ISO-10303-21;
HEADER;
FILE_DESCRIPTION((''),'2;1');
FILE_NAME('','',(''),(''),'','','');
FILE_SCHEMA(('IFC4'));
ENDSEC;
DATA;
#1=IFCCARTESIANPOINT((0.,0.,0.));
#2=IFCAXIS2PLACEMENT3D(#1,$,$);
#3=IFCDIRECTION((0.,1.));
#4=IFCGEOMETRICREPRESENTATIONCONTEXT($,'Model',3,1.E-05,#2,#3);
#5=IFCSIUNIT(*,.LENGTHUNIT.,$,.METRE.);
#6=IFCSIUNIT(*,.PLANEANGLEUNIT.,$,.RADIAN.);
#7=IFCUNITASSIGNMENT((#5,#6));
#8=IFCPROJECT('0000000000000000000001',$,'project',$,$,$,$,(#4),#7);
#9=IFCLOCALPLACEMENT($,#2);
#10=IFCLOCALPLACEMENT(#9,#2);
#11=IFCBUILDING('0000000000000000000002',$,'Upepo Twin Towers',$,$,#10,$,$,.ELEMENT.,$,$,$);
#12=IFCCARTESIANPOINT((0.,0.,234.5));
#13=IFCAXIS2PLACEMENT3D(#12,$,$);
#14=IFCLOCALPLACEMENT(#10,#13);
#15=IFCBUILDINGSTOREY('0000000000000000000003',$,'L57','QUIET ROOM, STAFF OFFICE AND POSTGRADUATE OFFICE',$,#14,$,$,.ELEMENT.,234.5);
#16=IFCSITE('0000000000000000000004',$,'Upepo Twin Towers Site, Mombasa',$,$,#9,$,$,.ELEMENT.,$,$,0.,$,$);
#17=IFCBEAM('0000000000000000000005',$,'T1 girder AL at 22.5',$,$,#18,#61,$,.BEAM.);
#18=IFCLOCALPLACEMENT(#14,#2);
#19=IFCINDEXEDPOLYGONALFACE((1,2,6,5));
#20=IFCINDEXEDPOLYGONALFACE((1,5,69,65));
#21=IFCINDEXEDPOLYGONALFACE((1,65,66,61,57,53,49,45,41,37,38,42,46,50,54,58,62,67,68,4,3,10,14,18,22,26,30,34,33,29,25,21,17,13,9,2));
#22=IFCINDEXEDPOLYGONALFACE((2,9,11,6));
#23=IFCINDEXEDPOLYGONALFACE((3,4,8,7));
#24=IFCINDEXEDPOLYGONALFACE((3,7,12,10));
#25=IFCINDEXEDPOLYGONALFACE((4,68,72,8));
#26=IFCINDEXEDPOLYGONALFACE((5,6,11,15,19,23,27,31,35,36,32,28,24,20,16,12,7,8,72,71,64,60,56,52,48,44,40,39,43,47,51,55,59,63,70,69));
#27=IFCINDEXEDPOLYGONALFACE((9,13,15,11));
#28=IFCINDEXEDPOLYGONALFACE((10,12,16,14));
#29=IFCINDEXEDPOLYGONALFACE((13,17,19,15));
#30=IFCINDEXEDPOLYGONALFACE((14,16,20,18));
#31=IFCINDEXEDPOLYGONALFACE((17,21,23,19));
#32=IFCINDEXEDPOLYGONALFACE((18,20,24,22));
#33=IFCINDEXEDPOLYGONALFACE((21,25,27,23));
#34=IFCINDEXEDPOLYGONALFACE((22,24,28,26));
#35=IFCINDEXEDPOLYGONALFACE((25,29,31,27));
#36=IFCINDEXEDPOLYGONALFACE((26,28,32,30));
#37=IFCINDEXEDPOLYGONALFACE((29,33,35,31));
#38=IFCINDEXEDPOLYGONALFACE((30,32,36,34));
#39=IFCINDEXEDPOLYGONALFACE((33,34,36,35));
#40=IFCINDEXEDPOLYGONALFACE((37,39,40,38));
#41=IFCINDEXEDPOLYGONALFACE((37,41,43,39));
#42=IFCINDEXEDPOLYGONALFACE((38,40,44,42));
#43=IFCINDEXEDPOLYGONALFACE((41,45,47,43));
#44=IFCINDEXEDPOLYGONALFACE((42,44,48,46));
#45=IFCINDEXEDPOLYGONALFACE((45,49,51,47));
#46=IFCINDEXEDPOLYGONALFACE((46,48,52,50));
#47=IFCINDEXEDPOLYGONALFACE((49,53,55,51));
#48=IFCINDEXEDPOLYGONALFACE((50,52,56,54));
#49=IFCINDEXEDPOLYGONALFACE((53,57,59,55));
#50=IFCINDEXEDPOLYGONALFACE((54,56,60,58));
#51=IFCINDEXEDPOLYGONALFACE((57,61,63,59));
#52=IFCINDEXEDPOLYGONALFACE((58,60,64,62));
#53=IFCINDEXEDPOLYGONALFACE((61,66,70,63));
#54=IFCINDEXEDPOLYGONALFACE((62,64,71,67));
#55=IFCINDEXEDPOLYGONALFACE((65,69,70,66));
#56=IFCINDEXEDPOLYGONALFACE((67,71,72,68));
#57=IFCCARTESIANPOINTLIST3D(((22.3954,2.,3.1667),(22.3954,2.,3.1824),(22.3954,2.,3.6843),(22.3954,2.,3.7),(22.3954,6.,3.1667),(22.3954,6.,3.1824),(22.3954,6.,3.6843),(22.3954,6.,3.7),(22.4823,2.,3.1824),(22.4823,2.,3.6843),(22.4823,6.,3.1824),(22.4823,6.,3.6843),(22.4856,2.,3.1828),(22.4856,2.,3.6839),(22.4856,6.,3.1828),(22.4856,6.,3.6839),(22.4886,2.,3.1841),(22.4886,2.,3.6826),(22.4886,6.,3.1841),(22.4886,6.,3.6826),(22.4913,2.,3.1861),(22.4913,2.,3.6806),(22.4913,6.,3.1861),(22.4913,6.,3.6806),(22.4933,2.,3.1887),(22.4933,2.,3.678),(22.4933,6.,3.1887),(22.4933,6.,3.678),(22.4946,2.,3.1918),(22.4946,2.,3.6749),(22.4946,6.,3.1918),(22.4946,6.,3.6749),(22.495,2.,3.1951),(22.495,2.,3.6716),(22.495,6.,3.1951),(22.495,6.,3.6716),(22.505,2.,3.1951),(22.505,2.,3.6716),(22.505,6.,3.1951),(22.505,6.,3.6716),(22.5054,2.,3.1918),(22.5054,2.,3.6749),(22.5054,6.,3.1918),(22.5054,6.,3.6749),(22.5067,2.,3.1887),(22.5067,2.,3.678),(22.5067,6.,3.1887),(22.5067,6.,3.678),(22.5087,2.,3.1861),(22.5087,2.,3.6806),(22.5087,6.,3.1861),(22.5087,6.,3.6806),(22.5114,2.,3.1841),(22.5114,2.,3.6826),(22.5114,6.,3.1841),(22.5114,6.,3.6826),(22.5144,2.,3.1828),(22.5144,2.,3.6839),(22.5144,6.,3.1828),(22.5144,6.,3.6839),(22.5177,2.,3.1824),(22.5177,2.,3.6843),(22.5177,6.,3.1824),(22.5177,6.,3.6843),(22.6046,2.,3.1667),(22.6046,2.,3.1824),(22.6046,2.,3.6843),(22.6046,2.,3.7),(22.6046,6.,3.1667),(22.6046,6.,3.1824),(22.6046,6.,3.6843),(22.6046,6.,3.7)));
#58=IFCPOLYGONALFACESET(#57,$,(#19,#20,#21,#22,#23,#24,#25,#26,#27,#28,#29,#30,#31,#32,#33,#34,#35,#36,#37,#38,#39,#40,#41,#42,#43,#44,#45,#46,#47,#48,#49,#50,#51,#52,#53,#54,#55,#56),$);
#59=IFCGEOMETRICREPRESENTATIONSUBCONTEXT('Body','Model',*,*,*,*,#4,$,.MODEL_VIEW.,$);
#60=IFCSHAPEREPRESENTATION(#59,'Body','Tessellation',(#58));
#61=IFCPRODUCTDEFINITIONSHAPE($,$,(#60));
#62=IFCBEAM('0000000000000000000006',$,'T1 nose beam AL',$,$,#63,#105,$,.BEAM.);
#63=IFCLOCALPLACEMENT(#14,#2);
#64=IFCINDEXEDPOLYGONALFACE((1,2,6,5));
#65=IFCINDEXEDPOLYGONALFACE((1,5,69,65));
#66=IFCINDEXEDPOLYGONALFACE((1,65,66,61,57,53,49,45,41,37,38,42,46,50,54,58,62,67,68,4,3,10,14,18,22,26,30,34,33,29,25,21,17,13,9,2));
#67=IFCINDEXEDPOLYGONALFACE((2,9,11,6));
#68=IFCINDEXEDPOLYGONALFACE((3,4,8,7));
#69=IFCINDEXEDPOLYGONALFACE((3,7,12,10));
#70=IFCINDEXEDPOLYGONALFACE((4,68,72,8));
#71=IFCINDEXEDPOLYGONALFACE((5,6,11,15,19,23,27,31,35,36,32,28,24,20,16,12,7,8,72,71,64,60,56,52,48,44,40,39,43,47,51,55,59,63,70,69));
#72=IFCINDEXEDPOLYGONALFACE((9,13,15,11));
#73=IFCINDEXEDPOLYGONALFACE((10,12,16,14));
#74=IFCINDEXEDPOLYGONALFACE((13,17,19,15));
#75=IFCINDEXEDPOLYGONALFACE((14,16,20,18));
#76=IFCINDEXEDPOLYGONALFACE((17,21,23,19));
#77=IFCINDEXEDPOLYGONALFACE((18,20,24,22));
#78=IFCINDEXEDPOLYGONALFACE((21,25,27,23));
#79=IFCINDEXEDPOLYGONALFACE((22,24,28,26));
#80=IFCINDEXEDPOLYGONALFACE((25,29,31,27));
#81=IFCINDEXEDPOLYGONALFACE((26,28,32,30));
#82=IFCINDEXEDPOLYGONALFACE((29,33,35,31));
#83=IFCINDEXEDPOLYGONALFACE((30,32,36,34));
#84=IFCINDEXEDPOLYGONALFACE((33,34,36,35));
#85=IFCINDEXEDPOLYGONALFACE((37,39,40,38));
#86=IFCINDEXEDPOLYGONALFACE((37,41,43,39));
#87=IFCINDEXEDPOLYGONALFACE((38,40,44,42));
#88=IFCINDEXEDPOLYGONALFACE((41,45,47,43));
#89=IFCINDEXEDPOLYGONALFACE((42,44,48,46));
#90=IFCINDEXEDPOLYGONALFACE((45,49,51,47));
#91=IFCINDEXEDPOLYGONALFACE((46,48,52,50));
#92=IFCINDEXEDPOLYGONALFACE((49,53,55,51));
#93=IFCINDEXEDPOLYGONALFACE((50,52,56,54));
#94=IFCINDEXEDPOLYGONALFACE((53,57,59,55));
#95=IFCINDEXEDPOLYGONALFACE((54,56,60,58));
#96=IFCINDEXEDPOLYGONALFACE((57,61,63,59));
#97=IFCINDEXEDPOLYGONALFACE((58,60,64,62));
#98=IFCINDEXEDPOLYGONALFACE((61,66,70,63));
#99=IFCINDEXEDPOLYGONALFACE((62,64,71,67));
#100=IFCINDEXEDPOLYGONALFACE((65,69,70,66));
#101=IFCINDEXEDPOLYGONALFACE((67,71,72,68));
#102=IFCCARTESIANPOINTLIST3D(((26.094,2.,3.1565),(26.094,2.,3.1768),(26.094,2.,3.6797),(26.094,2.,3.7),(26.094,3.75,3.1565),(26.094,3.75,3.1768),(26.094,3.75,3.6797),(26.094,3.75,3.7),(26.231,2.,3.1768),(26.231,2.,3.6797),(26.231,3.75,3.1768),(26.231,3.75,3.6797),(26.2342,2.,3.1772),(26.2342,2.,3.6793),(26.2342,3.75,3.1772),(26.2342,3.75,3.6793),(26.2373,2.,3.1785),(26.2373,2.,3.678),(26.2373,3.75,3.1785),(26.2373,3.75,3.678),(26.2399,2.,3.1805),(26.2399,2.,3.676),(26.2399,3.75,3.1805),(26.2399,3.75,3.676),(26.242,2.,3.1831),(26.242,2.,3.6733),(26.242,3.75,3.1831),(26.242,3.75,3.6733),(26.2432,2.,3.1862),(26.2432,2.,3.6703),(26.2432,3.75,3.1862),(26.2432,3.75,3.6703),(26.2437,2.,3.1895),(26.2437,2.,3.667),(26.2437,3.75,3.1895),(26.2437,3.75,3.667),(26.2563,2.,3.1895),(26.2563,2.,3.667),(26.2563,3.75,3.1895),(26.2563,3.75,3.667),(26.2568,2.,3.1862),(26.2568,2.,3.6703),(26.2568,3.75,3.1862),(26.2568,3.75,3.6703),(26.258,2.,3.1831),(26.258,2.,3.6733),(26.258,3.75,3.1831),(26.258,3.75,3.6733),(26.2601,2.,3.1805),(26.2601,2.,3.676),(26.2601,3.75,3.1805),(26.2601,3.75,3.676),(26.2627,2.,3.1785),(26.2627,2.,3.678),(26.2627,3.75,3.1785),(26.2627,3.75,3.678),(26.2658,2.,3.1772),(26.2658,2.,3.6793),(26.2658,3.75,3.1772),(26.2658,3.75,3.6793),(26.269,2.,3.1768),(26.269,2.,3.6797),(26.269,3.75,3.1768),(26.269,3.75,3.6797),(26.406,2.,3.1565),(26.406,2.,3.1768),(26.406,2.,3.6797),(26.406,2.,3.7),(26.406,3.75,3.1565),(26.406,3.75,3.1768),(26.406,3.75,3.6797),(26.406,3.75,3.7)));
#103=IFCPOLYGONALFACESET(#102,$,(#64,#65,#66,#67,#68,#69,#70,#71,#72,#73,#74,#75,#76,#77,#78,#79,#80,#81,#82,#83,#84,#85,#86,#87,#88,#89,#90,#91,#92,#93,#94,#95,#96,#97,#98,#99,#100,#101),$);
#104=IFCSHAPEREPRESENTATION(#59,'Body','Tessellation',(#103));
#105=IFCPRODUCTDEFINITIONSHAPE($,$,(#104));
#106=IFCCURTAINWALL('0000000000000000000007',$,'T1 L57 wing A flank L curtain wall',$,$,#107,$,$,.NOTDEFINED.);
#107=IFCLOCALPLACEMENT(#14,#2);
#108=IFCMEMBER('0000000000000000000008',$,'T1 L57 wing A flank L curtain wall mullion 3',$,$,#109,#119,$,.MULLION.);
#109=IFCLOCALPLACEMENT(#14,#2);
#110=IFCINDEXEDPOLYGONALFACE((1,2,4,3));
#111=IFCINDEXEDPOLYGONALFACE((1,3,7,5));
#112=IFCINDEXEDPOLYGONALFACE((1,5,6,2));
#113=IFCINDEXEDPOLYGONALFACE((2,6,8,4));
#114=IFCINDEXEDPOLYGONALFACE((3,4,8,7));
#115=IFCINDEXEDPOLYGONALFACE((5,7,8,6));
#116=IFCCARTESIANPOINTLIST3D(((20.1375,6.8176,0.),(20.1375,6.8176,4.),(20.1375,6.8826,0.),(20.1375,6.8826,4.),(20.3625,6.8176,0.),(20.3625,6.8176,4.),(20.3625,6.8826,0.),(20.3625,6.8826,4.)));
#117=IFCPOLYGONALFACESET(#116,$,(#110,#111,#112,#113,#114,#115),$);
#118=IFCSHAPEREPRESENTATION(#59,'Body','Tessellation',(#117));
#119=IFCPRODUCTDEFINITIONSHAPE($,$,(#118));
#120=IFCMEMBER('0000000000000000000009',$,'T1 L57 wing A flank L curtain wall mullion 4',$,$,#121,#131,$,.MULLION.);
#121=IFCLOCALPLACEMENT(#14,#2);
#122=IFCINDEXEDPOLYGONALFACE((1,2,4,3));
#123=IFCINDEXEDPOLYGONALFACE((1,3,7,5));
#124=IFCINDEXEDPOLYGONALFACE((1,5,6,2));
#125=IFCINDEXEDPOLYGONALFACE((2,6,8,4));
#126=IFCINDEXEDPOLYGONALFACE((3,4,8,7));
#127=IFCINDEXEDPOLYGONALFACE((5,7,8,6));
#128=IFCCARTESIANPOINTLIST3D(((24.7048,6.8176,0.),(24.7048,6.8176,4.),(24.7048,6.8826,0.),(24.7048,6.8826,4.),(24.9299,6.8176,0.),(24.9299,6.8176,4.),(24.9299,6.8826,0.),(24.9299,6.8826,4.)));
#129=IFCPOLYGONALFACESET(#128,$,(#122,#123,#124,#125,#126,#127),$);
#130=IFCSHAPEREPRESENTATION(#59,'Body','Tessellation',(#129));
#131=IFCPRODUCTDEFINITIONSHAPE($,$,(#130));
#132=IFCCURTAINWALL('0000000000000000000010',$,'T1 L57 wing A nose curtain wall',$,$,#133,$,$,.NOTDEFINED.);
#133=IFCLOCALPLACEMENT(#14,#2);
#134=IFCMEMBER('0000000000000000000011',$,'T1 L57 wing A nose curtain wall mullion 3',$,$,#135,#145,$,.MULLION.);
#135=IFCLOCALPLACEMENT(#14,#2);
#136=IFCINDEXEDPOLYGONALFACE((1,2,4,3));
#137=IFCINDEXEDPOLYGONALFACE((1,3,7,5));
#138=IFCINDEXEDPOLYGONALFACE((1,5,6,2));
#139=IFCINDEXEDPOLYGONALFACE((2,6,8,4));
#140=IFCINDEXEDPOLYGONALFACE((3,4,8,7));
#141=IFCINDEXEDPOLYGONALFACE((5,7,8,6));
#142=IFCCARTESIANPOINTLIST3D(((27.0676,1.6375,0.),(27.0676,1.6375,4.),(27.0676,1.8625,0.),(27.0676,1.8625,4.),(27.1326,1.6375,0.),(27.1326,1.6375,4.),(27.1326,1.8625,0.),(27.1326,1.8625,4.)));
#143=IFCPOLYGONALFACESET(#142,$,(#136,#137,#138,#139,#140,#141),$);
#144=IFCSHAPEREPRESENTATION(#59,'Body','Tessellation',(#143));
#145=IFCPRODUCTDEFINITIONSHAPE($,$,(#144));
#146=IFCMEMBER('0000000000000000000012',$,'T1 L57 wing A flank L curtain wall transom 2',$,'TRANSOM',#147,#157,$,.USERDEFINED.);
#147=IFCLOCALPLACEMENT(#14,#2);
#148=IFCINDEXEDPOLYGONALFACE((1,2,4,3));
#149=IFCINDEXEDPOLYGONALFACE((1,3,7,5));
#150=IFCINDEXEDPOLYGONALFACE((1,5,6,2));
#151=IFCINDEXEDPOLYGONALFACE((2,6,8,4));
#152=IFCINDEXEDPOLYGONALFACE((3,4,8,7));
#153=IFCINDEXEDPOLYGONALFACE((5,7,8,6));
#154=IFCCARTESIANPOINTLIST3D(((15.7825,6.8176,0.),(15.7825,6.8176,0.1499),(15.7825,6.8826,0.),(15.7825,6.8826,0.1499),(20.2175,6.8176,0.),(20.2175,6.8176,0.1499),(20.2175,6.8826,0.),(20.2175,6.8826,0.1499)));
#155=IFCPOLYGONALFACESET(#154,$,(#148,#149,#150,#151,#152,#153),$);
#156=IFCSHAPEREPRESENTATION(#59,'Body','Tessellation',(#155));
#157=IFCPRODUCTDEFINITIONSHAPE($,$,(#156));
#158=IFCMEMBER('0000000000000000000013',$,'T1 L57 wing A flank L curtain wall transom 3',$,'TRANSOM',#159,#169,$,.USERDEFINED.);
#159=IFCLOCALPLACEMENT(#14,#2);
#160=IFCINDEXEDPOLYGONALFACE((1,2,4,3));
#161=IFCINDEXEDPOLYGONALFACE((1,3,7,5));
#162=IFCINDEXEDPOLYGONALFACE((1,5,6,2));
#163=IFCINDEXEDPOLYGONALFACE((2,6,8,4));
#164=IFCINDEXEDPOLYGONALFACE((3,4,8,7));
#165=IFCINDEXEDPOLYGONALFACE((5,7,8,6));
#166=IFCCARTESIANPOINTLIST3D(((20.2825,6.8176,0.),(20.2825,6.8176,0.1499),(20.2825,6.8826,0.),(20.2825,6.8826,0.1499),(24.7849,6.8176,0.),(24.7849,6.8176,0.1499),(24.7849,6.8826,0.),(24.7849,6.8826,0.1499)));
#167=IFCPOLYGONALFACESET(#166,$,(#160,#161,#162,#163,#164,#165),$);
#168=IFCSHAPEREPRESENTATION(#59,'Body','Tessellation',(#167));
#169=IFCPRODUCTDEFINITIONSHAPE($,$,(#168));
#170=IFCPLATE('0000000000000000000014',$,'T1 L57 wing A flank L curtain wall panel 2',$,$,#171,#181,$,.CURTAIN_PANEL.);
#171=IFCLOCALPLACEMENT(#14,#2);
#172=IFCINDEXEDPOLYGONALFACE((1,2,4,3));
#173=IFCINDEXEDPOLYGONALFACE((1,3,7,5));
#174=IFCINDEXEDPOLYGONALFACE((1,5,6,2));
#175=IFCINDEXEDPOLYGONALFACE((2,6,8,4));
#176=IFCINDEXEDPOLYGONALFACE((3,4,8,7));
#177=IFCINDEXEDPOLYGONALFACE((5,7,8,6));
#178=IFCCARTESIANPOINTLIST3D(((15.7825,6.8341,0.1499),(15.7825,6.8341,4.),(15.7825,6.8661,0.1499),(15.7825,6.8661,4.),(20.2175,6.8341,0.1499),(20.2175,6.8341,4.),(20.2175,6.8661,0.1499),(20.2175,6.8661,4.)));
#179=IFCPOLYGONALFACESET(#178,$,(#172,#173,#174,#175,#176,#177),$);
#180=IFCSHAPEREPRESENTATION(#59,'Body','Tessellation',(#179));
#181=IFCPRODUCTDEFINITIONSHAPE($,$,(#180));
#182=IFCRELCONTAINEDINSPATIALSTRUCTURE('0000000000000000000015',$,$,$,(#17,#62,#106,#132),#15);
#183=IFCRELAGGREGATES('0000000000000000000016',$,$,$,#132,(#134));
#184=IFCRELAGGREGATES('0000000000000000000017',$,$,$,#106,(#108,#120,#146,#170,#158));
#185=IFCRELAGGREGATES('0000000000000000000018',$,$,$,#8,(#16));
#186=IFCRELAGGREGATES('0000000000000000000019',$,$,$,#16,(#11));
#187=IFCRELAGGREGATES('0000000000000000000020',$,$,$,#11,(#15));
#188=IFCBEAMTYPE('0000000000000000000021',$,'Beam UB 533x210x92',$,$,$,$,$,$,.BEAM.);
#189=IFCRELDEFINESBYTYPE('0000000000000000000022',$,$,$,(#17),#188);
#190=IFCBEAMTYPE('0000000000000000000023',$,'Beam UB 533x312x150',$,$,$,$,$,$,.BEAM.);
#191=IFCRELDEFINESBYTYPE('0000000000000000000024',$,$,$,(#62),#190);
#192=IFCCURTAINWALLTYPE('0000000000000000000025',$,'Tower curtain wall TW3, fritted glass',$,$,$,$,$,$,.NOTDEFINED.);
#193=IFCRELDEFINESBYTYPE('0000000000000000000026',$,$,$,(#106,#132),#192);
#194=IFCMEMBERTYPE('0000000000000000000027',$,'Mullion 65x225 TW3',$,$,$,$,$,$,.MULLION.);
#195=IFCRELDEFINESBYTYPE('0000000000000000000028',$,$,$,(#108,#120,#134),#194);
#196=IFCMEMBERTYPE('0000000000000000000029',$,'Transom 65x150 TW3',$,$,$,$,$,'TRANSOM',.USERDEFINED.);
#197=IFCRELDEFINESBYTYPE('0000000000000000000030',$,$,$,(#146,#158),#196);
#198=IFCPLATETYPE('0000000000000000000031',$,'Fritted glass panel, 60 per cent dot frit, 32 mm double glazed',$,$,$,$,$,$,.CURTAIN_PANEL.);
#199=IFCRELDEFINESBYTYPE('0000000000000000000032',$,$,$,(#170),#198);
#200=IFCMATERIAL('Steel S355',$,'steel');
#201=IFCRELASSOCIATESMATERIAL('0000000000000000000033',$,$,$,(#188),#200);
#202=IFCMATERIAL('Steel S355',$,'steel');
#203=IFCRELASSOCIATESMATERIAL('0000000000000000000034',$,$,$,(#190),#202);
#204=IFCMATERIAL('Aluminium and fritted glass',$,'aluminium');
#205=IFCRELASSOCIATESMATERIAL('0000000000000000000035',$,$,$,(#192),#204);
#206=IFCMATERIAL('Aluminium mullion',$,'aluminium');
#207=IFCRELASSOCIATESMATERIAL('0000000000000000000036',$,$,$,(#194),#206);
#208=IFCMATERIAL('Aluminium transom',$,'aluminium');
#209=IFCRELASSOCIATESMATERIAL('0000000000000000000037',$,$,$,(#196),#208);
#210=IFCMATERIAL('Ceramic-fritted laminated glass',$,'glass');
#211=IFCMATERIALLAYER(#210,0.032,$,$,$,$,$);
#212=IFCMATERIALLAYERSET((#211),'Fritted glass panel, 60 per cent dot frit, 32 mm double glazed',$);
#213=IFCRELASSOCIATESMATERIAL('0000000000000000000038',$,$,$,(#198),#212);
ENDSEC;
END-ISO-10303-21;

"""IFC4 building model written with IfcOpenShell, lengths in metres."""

from ifc_helpers import new_model, si_unit, direction, frame, origin, origin_2d, place, context, subcontext, project, spatial, rectangle, i_section, extrude, material, layer, layer_set, material_profile, profile_set, type_object, element, aggregate, save


model = new_model("IFC4")

# Units and contexts
model_context = context("Model", 3, precision=1e-05, world=origin(), true_north=direction((0.0, 1.0)))
body_context = subcontext(model_context, "Body", "Model", "MODEL_VIEW")
ifc_project = project(units=[si_unit("LENGTHUNIT", "METRE"), si_unit("PLANEANGLEUNIT", "RADIAN")], contexts=[model_context])

# Site, building, storey
site_placement = place(None, origin())
site = spatial("IfcSite", under=ifc_project, at=site_placement, Name="Upepo Twin Towers Site, Mombasa", CompositionType="ELEMENT", RefElevation=0.0)
building_placement = place(site_placement, origin())
building = spatial("IfcBuilding", under=site, at=building_placement, Name="Upepo Twin Towers", CompositionType="ELEMENT")
storey_placement = place(building_placement, frame((0.0, 0.0, 234.5)))
storey = spatial("IfcBuildingStorey", under=building, at=storey_placement, Name="L57", Description="QUIET ROOM, STAFF OFFICE AND POSTGRADUATE OFFICE", CompositionType="ELEMENT", Elevation=234.5)

# Beams
ifc_material_1 = material(Name="Steel S355", Category="steel")
ifc_material_profile_1 = material_profile(ifc_material_1, i_section(OverallWidth=0.2092, OverallDepth=0.5332, WebThickness=0.01, FlangeThickness=0.0156, FilletRadius=0.0127, at=origin_2d()), Name="UB 533x210x92")
ifc_profile_set_1 = profile_set([ifc_material_profile_1], Name="Steel S355")
beam_type_1 = type_object("IfcBeamType", Name="Beam UB 533x210x92", PredefinedType="BEAM", material=ifc_profile_set_1)
for number, where, z_axis, x_axis, name in (
    (1, (22.5, 6.0, 3.4333), (0.0, -1.0, 0.0), (1.0, 0.0, 0.0), "T1 girder AL at 22.5"),
):
    element("IfcBeam", number, at=place(storey_placement, frame(where, z_axis=z_axis, x_axis=x_axis)), inside=storey, type_object=beam_type_1, Name=name, PredefinedType="BEAM", context=body_context, shape_type="SweptSolid", body=[
        extrude(i_section(OverallWidth=0.2092, OverallDepth=0.5332, WebThickness=0.01, FlangeThickness=0.0156, FilletRadius=0.0127, at=origin_2d()), origin(), (0.0, 0.0, 1.0), 4.0),
    ])
ifc_material_2 = material(Name="Steel S355", Category="steel")
ifc_material_profile_2 = material_profile(ifc_material_2, i_section(OverallWidth=0.312, OverallDepth=0.5435, WebThickness=0.0127, FlangeThickness=0.0203, FilletRadius=0.0127, at=origin_2d()), Name="UB 533x312x150")
ifc_profile_set_2 = profile_set([ifc_material_profile_2], Name="Steel S355")
beam_type_2 = type_object("IfcBeamType", Name="Beam UB 533x312x150", PredefinedType="BEAM", material=ifc_profile_set_2)
beam_1_placement = place(storey_placement, frame((26.25, 3.75, 3.4282), z_axis=(0.0, -1.0, 0.0), x_axis=(1.0, 0.0, 0.0)))
element("IfcBeam", 2, at=beam_1_placement, inside=storey, type_object=beam_type_2, Name="T1 nose beam AL", PredefinedType="BEAM", context=body_context, shape_type="SweptSolid", body=[
    extrude(i_section(OverallWidth=0.312, OverallDepth=0.5435, WebThickness=0.0127, FlangeThickness=0.0203, FilletRadius=0.0127, at=origin_2d()), origin(), (0.0, 0.0, 1.0), 1.75),
])

# Curtain wall, members
ifc_material_3 = material(Name="Aluminium and fritted glass", Category="aluminium")
curtain_wall_type = type_object("IfcCurtainWallType", Name="Tower curtain wall TW3, fritted glass", PredefinedType="NOTDEFINED", material=ifc_material_3)
curtain_wall_1_placement = place(storey_placement, origin())
curtain_wall_1 = element("IfcCurtainWall", 3, at=curtain_wall_1_placement, inside=storey, type_object=curtain_wall_type, Name="T1 L57 wing A flank L curtain wall", PredefinedType="NOTDEFINED")
ifc_material_4 = material(Name="Aluminium mullion", Category="aluminium")
ifc_material_profile_3 = material_profile(ifc_material_4, rectangle(XDim=0.0649, YDim=0.2251, at=origin_2d()), Name="MULLION 65x225")
ifc_profile_set_3 = profile_set([ifc_material_profile_3], Name="Aluminium mullion")
member_type_1 = type_object("IfcMemberType", Name="Mullion 65x225 TW3", PredefinedType="MULLION", material=ifc_profile_set_3)
member_1_placement = place(storey_placement, frame((20.25, 6.8501, 0.0), z_axis=(0.0, 0.0, 1.0), x_axis=(0.0, 1.0, 0.0)))
member_1 = element("IfcMember", 4, at=member_1_placement, type_object=member_type_1, Name="T1 L57 wing A flank L curtain wall mullion 3", PredefinedType="MULLION", context=body_context, shape_type="SweptSolid", body=[
    extrude(rectangle(XDim=0.0649, YDim=0.2251, at=origin_2d()), origin(), (0.0, 0.0, 1.0), 4.0),
])
member_2_placement = place(storey_placement, frame((24.8174, 6.8501, 0.0), z_axis=(0.0, 0.0, 1.0), x_axis=(0.0, 1.0, 0.0)))
member_2 = element("IfcMember", 5, at=member_2_placement, type_object=member_type_1, Name="T1 L57 wing A flank L curtain wall mullion 4", PredefinedType="MULLION", context=body_context, shape_type="SweptSolid", body=[
    extrude(rectangle(XDim=0.0649, YDim=0.2251, at=origin_2d()), origin(), (0.0, 0.0, 1.0), 4.0),
])

# Curtain wall, member
curtain_wall_2_placement = place(storey_placement, origin())
curtain_wall_2 = element("IfcCurtainWall", 6, at=curtain_wall_2_placement, inside=storey, type_object=curtain_wall_type, Name="T1 L57 wing A nose curtain wall", PredefinedType="NOTDEFINED")
member_3_placement = place(storey_placement, frame((27.1001, 1.75, 0.0), z_axis=(0.0, 0.0, 1.0), x_axis=(-1.0, 0.0, 0.0)))
member_3 = element("IfcMember", 7, at=member_3_placement, type_object=member_type_1, Name="T1 L57 wing A nose curtain wall mullion 3", PredefinedType="MULLION", context=body_context, shape_type="SweptSolid", body=[
    extrude(rectangle(XDim=0.0649, YDim=0.2251, at=origin_2d()), origin(), (0.0, 0.0, 1.0), 4.0),
])
aggregate(curtain_wall_2, [member_3])

# Members
ifc_material_5 = material(Name="Aluminium transom", Category="aluminium")
ifc_material_profile_4 = material_profile(ifc_material_5, rectangle(XDim=0.0649, YDim=0.1499, at=origin_2d()), Name="TRANSOM 65x150")
ifc_profile_set_4 = profile_set([ifc_material_profile_4], Name="Aluminium transom")
member_type_2 = type_object("IfcMemberType", Name="Transom 65x150 TW3", ElementType="TRANSOM", PredefinedType="USERDEFINED", material=ifc_profile_set_4)
member_4_placement = place(storey_placement, frame((15.7825, 6.8501, 0.075), z_axis=(1.0, 0.0, 0.0), x_axis=(0.0, 1.0, 0.0)))
member_4 = element("IfcMember", 8, at=member_4_placement, type_object=member_type_2, Name="T1 L57 wing A flank L curtain wall transom 2", ObjectType="TRANSOM", PredefinedType="USERDEFINED", context=body_context, shape_type="SweptSolid", body=[
    extrude(rectangle(XDim=0.0649, YDim=0.1499, at=origin_2d()), origin(), (0.0, 0.0, 1.0), 4.4351),
])
member_5_placement = place(storey_placement, frame((20.2825, 6.8501, 0.075), z_axis=(1.0, 0.0, 0.0), x_axis=(0.0, 1.0, 0.0)))
member_5 = element("IfcMember", 9, at=member_5_placement, type_object=member_type_2, Name="T1 L57 wing A flank L curtain wall transom 3", ObjectType="TRANSOM", PredefinedType="USERDEFINED", context=body_context, shape_type="SweptSolid", body=[
    extrude(rectangle(XDim=0.0649, YDim=0.1499, at=origin_2d()), origin(), (0.0, 0.0, 1.0), 4.5024),
])

# Plate
ifc_material_6 = material(Name="Ceramic-fritted laminated glass", Category="glass")
ifc_layer_1 = layer(ifc_material_6, 0.032)
ifc_layer_set_1 = layer_set([ifc_layer_1], Name="Fritted glass panel, 60 per cent dot frit, 32 mm double glazed")
plate_type = type_object("IfcPlateType", Name="Fritted glass panel, 60 per cent dot frit, 32 mm double glazed", PredefinedType="CURTAIN_PANEL", material=ifc_layer_set_1)
plate_1_placement = place(storey_placement, frame((18.0, 6.8501, 0.1499), z_axis=(0.0, 0.0, 1.0), x_axis=(1.0, 0.0, 0.0)))
plate_1 = element("IfcPlate", 10, at=plate_1_placement, type_object=plate_type, Name="T1 L57 wing A flank L curtain wall panel 2", PredefinedType="CURTAIN_PANEL", context=body_context, shape_type="SweptSolid", body=[
    extrude(rectangle(XDim=4.4351, YDim=0.032, at=origin_2d()), origin(), (0.0, 0.0, 1.0), 3.8501),
])
aggregate(curtain_wall_1, [member_1, member_2, member_4, plate_1, member_5])

save(model, "model.ifc")
